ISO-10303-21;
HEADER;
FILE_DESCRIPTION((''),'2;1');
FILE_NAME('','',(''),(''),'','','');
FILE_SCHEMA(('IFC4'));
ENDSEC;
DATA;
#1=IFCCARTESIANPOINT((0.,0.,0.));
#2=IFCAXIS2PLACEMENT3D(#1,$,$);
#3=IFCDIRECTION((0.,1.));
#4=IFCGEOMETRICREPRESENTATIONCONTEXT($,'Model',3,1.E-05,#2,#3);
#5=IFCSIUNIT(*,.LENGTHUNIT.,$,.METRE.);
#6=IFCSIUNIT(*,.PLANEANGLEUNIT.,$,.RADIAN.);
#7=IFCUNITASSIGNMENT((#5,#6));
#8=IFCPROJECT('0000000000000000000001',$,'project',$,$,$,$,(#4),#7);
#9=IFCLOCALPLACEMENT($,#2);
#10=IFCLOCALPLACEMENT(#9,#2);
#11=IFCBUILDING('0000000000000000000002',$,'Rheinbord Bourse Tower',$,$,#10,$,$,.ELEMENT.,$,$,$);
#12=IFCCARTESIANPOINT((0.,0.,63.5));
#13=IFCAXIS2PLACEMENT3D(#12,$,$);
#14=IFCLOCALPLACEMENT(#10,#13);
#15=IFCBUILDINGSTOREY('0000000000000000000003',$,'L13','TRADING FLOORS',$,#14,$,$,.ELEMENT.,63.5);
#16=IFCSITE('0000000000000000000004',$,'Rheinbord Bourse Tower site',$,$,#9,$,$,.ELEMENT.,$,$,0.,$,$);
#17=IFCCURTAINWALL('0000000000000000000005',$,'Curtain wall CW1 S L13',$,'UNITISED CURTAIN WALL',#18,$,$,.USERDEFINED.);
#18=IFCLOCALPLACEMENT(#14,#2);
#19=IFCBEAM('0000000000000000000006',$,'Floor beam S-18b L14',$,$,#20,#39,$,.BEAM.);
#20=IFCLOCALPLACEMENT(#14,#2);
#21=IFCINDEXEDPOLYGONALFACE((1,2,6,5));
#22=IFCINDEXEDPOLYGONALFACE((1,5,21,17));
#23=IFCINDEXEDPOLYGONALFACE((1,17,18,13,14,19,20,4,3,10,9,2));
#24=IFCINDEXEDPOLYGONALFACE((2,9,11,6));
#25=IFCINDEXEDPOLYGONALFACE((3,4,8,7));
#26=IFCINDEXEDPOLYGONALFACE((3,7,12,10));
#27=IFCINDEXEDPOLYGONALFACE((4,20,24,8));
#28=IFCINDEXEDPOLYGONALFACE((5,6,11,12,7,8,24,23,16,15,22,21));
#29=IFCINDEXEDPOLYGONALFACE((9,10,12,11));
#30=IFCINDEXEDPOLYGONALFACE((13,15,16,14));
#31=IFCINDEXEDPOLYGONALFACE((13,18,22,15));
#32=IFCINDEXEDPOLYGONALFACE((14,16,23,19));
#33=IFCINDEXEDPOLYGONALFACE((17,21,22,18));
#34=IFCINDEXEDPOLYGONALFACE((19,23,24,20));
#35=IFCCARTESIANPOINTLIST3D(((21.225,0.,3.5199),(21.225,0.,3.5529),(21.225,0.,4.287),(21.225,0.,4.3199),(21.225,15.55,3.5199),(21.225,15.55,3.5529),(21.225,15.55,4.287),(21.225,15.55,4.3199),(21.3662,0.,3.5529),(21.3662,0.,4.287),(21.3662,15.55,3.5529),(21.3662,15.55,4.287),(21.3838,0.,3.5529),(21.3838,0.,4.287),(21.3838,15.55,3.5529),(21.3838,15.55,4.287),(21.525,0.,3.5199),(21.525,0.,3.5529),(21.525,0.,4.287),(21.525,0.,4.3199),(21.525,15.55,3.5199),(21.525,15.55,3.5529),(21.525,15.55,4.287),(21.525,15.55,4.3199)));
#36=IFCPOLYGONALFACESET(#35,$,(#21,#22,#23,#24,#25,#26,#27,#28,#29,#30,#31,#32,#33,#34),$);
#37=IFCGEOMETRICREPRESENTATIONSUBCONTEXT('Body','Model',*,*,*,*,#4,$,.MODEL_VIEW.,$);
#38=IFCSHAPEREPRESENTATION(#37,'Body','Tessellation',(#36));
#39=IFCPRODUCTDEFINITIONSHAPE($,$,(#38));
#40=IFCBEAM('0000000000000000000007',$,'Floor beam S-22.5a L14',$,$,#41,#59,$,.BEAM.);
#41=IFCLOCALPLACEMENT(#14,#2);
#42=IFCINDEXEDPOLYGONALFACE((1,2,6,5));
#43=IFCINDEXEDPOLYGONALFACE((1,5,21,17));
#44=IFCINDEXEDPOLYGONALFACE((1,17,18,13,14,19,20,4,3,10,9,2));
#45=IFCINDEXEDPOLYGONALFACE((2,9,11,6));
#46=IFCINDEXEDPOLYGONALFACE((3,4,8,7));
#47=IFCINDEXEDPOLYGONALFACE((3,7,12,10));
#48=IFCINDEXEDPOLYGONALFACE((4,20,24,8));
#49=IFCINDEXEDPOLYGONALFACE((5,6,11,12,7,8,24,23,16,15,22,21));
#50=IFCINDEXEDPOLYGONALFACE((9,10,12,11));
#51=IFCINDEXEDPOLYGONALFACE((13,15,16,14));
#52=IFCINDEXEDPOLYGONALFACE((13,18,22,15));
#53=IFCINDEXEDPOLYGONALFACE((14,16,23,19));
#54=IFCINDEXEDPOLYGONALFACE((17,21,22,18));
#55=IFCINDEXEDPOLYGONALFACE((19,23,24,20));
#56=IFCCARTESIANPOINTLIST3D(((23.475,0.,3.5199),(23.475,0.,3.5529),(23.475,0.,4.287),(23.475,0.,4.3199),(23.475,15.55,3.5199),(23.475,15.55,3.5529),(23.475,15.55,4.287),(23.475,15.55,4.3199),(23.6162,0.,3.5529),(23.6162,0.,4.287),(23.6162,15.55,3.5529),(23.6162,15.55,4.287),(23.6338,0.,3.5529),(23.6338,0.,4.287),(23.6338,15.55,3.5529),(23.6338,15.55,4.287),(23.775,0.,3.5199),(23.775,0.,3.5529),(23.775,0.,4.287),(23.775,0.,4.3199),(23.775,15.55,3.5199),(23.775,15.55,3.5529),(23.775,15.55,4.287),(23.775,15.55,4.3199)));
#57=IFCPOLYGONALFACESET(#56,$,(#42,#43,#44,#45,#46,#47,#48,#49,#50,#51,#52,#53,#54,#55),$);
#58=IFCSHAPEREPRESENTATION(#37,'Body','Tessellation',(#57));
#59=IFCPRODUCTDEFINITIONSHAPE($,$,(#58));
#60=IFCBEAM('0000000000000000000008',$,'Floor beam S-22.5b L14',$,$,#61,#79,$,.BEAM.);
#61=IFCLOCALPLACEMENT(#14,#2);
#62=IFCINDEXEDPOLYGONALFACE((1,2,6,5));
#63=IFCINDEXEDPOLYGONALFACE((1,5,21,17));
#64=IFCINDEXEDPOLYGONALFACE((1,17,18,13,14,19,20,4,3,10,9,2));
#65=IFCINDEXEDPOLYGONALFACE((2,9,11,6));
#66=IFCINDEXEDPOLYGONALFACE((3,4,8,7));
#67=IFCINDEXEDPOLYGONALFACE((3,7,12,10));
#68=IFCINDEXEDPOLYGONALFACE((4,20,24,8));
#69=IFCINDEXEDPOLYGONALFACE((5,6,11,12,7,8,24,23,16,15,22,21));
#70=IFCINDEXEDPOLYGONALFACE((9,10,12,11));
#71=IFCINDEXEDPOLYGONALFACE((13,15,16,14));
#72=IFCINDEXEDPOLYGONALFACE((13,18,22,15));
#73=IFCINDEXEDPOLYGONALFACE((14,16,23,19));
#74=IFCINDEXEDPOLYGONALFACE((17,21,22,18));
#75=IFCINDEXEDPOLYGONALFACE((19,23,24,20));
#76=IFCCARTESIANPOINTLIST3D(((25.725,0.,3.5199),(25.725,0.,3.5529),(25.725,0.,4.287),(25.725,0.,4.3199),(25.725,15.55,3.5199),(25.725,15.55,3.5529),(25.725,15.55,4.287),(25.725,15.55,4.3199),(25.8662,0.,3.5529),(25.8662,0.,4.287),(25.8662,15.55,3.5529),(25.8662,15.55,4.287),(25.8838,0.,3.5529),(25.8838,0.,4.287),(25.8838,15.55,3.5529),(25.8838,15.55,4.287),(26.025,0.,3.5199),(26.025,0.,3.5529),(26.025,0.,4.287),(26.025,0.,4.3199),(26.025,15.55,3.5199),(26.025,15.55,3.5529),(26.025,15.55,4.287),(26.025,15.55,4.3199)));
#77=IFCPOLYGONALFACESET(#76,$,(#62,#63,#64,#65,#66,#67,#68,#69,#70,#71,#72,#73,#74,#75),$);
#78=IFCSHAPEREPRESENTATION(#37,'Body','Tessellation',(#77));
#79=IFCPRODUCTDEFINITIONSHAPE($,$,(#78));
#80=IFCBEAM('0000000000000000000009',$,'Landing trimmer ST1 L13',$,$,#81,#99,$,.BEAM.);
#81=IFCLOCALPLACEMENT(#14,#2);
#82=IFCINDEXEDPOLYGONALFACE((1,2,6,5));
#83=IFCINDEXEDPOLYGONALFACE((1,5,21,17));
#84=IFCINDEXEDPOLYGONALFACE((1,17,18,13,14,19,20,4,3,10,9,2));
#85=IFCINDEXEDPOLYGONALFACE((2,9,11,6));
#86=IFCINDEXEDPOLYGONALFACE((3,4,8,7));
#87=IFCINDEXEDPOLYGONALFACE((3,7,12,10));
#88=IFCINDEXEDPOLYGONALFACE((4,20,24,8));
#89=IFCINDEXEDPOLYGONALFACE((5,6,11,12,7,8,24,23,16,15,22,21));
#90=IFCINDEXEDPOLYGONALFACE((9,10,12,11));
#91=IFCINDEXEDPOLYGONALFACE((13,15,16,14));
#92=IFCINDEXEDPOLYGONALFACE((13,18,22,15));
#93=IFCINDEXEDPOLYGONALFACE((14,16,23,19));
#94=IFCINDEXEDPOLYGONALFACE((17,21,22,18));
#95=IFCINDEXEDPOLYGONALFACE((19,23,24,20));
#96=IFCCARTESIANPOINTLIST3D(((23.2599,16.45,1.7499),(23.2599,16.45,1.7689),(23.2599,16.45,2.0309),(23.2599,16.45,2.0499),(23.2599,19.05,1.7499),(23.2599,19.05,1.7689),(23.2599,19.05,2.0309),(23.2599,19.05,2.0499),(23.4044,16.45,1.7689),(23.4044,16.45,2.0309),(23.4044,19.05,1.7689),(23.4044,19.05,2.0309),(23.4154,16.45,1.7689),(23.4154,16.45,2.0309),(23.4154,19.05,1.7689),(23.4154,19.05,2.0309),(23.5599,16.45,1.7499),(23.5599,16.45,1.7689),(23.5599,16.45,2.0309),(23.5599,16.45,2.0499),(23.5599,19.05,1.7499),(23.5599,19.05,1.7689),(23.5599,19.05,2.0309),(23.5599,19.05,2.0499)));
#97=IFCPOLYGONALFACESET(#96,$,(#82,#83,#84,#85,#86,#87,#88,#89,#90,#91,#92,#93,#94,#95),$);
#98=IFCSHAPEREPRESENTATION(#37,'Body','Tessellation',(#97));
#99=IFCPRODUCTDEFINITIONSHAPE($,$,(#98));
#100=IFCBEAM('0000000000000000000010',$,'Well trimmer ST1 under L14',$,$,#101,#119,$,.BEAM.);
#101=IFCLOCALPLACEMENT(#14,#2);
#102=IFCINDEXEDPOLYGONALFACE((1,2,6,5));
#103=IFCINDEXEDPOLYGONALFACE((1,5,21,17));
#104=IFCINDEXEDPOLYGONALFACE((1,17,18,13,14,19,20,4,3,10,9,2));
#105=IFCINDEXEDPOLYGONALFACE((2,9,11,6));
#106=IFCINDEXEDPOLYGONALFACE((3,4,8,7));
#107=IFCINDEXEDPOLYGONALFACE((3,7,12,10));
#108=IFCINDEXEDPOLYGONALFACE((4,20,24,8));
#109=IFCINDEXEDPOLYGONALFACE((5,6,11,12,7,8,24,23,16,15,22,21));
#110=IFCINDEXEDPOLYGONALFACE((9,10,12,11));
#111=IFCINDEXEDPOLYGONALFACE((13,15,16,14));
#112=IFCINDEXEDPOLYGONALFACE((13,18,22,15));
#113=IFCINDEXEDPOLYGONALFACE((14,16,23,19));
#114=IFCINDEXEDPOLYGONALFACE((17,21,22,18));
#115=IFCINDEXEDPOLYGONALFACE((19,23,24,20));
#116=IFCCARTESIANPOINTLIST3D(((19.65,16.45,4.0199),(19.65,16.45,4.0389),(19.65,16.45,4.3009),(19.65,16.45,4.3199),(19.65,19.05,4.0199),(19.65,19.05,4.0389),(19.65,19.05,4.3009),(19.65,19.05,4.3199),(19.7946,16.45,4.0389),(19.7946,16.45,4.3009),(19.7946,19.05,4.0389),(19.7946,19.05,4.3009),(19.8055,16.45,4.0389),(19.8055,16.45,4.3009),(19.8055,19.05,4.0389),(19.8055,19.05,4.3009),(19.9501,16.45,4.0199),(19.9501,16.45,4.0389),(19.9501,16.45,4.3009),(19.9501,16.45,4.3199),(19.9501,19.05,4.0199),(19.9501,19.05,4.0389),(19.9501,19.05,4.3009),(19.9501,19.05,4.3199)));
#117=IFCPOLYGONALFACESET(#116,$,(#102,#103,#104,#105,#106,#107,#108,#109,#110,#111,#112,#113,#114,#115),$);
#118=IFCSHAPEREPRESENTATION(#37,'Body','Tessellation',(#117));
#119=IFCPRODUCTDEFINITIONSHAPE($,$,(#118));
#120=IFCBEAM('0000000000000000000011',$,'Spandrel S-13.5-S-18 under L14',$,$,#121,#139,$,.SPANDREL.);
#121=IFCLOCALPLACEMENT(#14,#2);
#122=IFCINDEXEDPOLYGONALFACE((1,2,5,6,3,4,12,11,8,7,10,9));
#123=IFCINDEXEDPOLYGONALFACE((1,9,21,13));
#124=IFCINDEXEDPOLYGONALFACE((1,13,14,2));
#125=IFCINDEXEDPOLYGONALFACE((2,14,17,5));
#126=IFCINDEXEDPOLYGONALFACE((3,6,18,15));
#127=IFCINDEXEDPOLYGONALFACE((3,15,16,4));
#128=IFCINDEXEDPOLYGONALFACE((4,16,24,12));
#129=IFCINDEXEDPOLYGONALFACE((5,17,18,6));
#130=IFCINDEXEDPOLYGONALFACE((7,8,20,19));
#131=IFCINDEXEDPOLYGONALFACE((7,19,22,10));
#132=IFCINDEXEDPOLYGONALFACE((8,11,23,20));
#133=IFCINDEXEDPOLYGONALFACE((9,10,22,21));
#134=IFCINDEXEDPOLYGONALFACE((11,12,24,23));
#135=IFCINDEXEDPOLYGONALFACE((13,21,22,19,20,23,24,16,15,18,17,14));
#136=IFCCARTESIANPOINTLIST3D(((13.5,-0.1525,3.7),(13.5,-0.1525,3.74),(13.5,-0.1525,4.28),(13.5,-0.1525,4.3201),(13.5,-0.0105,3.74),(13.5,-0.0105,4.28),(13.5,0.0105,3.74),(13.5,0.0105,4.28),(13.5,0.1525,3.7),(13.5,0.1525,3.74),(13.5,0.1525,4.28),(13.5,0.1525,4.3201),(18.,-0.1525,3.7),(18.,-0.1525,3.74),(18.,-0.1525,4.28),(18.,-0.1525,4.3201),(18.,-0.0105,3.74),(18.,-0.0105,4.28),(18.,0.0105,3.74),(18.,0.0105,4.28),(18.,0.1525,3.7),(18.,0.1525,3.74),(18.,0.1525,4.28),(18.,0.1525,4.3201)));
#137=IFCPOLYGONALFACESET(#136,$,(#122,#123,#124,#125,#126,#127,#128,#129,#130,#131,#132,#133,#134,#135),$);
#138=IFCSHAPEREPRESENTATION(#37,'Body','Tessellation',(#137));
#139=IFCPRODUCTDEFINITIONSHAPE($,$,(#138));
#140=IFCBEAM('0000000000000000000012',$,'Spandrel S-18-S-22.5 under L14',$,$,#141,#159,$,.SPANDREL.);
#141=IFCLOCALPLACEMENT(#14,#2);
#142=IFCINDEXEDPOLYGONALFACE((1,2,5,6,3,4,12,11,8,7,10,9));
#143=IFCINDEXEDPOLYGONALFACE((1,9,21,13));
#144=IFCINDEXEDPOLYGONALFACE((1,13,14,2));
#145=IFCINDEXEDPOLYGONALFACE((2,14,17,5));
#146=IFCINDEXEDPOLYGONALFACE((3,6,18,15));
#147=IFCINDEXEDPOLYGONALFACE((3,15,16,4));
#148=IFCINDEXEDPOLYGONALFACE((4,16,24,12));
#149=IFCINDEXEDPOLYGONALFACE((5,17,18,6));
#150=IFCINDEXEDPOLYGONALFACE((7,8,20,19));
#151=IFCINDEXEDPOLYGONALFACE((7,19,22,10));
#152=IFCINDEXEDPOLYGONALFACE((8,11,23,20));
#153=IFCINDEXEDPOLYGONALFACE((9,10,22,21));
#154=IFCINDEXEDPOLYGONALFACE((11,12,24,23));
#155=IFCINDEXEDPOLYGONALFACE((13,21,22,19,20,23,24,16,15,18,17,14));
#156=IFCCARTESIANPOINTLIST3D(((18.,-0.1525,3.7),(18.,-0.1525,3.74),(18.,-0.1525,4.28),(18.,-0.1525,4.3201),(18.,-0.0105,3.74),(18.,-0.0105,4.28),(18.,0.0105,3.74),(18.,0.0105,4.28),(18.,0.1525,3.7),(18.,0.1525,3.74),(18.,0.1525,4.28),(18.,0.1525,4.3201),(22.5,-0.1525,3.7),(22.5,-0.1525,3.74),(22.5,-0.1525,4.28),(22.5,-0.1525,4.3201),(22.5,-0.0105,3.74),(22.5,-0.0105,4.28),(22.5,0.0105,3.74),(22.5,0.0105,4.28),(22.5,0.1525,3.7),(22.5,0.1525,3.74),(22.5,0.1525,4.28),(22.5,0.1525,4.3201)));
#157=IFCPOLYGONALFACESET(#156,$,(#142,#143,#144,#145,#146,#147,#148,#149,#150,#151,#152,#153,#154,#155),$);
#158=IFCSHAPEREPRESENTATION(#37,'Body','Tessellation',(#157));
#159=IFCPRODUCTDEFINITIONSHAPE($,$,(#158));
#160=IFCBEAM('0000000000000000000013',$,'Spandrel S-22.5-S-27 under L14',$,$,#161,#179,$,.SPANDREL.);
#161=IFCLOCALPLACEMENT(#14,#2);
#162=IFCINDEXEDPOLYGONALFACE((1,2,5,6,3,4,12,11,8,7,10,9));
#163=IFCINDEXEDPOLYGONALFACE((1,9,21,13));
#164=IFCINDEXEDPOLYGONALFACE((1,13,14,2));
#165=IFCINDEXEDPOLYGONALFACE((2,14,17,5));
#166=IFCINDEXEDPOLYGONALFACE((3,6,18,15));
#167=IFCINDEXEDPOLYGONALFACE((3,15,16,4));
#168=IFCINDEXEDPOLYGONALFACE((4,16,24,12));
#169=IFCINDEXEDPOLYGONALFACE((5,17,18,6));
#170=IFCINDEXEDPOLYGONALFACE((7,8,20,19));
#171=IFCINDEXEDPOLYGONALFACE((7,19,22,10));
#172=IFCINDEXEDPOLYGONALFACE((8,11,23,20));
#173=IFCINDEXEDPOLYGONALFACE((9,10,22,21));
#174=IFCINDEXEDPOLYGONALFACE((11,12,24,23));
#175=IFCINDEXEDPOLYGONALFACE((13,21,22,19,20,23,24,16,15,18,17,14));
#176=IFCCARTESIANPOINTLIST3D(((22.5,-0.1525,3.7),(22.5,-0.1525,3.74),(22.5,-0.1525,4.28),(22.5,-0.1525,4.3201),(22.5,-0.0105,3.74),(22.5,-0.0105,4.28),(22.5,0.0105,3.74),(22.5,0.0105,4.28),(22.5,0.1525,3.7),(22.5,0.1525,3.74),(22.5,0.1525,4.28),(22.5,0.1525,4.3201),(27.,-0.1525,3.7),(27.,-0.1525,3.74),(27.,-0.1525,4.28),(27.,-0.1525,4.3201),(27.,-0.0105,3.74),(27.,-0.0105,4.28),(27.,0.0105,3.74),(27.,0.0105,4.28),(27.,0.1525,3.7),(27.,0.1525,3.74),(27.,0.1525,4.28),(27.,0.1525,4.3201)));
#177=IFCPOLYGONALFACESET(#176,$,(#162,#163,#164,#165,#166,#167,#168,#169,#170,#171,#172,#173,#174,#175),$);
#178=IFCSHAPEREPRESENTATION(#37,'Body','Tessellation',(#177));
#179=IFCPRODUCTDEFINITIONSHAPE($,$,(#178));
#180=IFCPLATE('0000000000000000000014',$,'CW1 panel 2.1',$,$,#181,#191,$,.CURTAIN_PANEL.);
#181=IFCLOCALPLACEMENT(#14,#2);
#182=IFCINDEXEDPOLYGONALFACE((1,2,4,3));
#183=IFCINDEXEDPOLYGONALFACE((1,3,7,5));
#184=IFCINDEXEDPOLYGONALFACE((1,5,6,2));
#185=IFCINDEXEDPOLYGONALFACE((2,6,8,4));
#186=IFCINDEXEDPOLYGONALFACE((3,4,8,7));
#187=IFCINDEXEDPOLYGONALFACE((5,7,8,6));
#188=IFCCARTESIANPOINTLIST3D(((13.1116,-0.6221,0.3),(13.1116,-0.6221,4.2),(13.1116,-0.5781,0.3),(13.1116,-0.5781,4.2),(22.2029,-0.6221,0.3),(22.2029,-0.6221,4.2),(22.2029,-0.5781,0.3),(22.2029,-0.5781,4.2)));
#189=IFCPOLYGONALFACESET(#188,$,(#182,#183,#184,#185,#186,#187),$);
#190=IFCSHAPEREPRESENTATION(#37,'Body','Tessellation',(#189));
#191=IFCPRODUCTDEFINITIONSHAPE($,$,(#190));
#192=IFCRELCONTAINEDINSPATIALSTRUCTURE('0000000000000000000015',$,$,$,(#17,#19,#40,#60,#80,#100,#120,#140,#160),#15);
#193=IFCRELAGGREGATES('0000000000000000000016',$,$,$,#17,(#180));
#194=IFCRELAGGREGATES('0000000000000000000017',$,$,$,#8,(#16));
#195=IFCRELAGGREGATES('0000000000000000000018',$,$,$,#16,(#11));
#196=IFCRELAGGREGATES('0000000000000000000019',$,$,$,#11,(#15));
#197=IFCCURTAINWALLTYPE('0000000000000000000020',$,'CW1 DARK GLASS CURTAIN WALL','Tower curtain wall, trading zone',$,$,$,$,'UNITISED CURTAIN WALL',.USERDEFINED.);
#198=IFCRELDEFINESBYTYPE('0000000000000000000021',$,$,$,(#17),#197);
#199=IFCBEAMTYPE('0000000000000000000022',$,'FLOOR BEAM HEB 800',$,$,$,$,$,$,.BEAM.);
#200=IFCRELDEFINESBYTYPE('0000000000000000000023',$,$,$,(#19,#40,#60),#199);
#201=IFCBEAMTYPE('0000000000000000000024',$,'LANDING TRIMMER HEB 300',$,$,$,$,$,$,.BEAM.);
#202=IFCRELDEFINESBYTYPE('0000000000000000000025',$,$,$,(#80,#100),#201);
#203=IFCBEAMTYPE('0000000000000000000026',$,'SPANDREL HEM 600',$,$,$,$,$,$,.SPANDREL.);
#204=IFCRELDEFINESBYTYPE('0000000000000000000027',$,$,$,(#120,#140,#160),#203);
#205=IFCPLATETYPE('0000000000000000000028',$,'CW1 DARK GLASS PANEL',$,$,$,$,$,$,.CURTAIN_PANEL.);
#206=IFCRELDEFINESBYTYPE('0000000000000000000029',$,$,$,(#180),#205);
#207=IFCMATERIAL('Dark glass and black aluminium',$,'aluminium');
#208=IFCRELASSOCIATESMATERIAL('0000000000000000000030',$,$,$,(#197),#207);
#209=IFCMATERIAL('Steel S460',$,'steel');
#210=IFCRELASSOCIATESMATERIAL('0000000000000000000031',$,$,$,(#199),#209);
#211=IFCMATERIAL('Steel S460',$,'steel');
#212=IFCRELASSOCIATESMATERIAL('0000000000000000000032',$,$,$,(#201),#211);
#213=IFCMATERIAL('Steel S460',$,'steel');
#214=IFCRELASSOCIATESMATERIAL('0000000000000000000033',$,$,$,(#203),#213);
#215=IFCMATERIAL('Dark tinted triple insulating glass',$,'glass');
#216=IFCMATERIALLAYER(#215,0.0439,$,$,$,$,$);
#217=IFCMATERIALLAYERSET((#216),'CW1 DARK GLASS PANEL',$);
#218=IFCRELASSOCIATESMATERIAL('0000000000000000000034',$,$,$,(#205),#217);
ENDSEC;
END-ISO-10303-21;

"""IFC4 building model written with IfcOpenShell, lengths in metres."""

from ifc_helpers import new_model, si_unit, direction, frame, origin, origin_2d, place, context, subcontext, project, spatial, rectangle, i_section, extrude, material, layer, layer_set, material_profile, profile_set, type_object, element, aggregate, save


model = new_model("IFC4")

# Units and contexts
model_context = context("Model", 3, precision=1e-05, world=origin(), true_north=direction((0.0, 1.0)))
body_context = subcontext(model_context, "Body", "Model", "MODEL_VIEW")
ifc_project = project(units=[si_unit("LENGTHUNIT", "METRE"), si_unit("PLANEANGLEUNIT", "RADIAN")], contexts=[model_context])

# Site, building, storey
site_placement = place(None, origin())
site = spatial("IfcSite", under=ifc_project, at=site_placement, Name="Rheinbord Bourse Tower site", CompositionType="ELEMENT", RefElevation=0.0)
building_placement = place(site_placement, origin())
building = spatial("IfcBuilding", under=site, at=building_placement, Name="Rheinbord Bourse Tower", CompositionType="ELEMENT")
storey_placement = place(building_placement, frame((0.0, 0.0, 63.5)))
storey = spatial("IfcBuildingStorey", under=building, at=storey_placement, Name="L13", Description="TRADING FLOORS", CompositionType="ELEMENT", Elevation=63.5)

# Curtain wall
ifc_material_1 = material(Name="Dark glass and black aluminium", Category="aluminium")
curtain_wall_type = type_object("IfcCurtainWallType", Name="CW1 DARK GLASS CURTAIN WALL", Description="Tower curtain wall, trading zone", ElementType="UNITISED CURTAIN WALL", PredefinedType="USERDEFINED", material=ifc_material_1)
curtain_wall_placement = place(storey_placement, origin())
curtain_wall = element("IfcCurtainWall", 1, at=curtain_wall_placement, inside=storey, type_object=curtain_wall_type, Name="Curtain wall CW1 S L13", ObjectType="UNITISED CURTAIN WALL", PredefinedType="USERDEFINED")

# Beams
ifc_material_2 = material(Name="Steel S460", Category="steel")
ifc_material_profile_1 = material_profile(ifc_material_2, i_section(OverallWidth=0.3, OverallDepth=0.8, WebThickness=0.0176, FlangeThickness=0.033, at=origin_2d()), Name="HEB 800")
ifc_profile_set_1 = profile_set([ifc_material_profile_1], Name="Steel S460")
beam_type_1 = type_object("IfcBeamType", Name="FLOOR BEAM HEB 800", PredefinedType="BEAM", material=ifc_profile_set_1)
for number, where, z_axis, x_axis, name in (
    (2, (21.375, 0.0, 3.9199), (0.0, 1.0, 0.0), (-1.0, 0.0, 0.0), "Floor beam S-18b L14"),
    (3, (23.625, 0.0, 3.9199), (0.0, 1.0, 0.0), (-1.0, 0.0, 0.0), "Floor beam S-22.5a L14"),
    (4, (25.875, 0.0, 3.9199), (0.0, 1.0, 0.0), (-1.0, 0.0, 0.0), "Floor beam S-22.5b L14"),
):
    element("IfcBeam", number, at=place(storey_placement, frame(where, z_axis=z_axis, x_axis=x_axis)), inside=storey, type_object=beam_type_1, Name=name, PredefinedType="BEAM", context=body_context, shape_type="SweptSolid", body=[
        extrude(i_section(OverallWidth=0.3, OverallDepth=0.8, WebThickness=0.0176, FlangeThickness=0.033, at=origin_2d()), origin(), (0.0, 0.0, 1.0), 15.55),
    ])
ifc_material_3 = material(Name="Steel S460", Category="steel")
ifc_material_profile_2 = material_profile(ifc_material_3, i_section(OverallWidth=0.3, OverallDepth=0.3, WebThickness=0.011, FlangeThickness=0.019, at=origin_2d()), Name="HEB 300")
ifc_profile_set_2 = profile_set([ifc_material_profile_2], Name="Steel S460")
beam_type_2 = type_object("IfcBeamType", Name="LANDING TRIMMER HEB 300", PredefinedType="BEAM", material=ifc_profile_set_2)
for number, where, z_axis, x_axis, name in (
    (5, (23.4099, 16.45, 1.8999), (0.0, 1.0, 0.0), (-1.0, 0.0, 0.0), "Landing trimmer ST1 L13"),
    (6, (19.8, 16.45, 4.1699), (0.0, 1.0, 0.0), (-1.0, 0.0, 0.0), "Well trimmer ST1 under L14"),
):
    element("IfcBeam", number, at=place(storey_placement, frame(where, z_axis=z_axis, x_axis=x_axis)), inside=storey, type_object=beam_type_2, Name=name, PredefinedType="BEAM", context=body_context, shape_type="SweptSolid", body=[
        extrude(i_section(OverallWidth=0.3, OverallDepth=0.3, WebThickness=0.011, FlangeThickness=0.019, at=origin_2d()), origin(), (0.0, 0.0, 1.0), 2.6001),
    ])
ifc_material_4 = material(Name="Steel S460", Category="steel")
ifc_material_profile_3 = material_profile(ifc_material_4, i_section(OverallWidth=0.3049, OverallDepth=0.6201, WebThickness=0.021, FlangeThickness=0.04, at=origin_2d()), Name="HEM 600")
ifc_profile_set_3 = profile_set([ifc_material_profile_3], Name="Steel S460")
beam_type_3 = type_object("IfcBeamType", Name="SPANDREL HEM 600", PredefinedType="SPANDREL", material=ifc_profile_set_3)
for number, where, z_axis, x_axis, name in (
    (7, (13.5, 0.0, 4.01), (1.0, 0.0, 0.0), (0.0, 1.0, 0.0), "Spandrel S-13.5-S-18 under L14"),
    (8, (18.0, 0.0, 4.01), (1.0, 0.0, 0.0), (0.0, 1.0, 0.0), "Spandrel S-18-S-22.5 under L14"),
    (9, (22.5, 0.0, 4.01), (1.0, 0.0, 0.0), (0.0, 1.0, 0.0), "Spandrel S-22.5-S-27 under L14"),
):
    element("IfcBeam", number, at=place(storey_placement, frame(where, z_axis=z_axis, x_axis=x_axis)), inside=storey, type_object=beam_type_3, Name=name, PredefinedType="SPANDREL", context=body_context, shape_type="SweptSolid", body=[
        extrude(i_section(OverallWidth=0.3049, OverallDepth=0.6201, WebThickness=0.021, FlangeThickness=0.04, at=origin_2d()), origin(), (0.0, 0.0, 1.0), 4.5),
    ])

# Plate
ifc_material_5 = material(Name="Dark tinted triple insulating glass", Category="glass")
ifc_layer_1 = layer(ifc_material_5, 0.0439)
ifc_layer_set_1 = layer_set([ifc_layer_1], Name="CW1 DARK GLASS PANEL")
plate_type = type_object("IfcPlateType", Name="CW1 DARK GLASS PANEL", PredefinedType="CURTAIN_PANEL", material=ifc_layer_set_1)
plate_placement = place(storey_placement, frame((17.6572, -0.6001, 0.3), z_axis=(0.0, 0.0, 1.0), x_axis=(1.0, 0.0, 0.0)))
plate = element("IfcPlate", 10, at=plate_placement, type_object=plate_type, Name="CW1 panel 2.1", PredefinedType="CURTAIN_PANEL", context=body_context, shape_type="SweptSolid", body=[
    extrude(rectangle(XDim=9.0913, YDim=0.0439, at=origin_2d()), origin(), (0.0, 0.0, 1.0), 3.8999),
])
aggregate(curtain_wall, [plate])

save(model, "model.ifc")
